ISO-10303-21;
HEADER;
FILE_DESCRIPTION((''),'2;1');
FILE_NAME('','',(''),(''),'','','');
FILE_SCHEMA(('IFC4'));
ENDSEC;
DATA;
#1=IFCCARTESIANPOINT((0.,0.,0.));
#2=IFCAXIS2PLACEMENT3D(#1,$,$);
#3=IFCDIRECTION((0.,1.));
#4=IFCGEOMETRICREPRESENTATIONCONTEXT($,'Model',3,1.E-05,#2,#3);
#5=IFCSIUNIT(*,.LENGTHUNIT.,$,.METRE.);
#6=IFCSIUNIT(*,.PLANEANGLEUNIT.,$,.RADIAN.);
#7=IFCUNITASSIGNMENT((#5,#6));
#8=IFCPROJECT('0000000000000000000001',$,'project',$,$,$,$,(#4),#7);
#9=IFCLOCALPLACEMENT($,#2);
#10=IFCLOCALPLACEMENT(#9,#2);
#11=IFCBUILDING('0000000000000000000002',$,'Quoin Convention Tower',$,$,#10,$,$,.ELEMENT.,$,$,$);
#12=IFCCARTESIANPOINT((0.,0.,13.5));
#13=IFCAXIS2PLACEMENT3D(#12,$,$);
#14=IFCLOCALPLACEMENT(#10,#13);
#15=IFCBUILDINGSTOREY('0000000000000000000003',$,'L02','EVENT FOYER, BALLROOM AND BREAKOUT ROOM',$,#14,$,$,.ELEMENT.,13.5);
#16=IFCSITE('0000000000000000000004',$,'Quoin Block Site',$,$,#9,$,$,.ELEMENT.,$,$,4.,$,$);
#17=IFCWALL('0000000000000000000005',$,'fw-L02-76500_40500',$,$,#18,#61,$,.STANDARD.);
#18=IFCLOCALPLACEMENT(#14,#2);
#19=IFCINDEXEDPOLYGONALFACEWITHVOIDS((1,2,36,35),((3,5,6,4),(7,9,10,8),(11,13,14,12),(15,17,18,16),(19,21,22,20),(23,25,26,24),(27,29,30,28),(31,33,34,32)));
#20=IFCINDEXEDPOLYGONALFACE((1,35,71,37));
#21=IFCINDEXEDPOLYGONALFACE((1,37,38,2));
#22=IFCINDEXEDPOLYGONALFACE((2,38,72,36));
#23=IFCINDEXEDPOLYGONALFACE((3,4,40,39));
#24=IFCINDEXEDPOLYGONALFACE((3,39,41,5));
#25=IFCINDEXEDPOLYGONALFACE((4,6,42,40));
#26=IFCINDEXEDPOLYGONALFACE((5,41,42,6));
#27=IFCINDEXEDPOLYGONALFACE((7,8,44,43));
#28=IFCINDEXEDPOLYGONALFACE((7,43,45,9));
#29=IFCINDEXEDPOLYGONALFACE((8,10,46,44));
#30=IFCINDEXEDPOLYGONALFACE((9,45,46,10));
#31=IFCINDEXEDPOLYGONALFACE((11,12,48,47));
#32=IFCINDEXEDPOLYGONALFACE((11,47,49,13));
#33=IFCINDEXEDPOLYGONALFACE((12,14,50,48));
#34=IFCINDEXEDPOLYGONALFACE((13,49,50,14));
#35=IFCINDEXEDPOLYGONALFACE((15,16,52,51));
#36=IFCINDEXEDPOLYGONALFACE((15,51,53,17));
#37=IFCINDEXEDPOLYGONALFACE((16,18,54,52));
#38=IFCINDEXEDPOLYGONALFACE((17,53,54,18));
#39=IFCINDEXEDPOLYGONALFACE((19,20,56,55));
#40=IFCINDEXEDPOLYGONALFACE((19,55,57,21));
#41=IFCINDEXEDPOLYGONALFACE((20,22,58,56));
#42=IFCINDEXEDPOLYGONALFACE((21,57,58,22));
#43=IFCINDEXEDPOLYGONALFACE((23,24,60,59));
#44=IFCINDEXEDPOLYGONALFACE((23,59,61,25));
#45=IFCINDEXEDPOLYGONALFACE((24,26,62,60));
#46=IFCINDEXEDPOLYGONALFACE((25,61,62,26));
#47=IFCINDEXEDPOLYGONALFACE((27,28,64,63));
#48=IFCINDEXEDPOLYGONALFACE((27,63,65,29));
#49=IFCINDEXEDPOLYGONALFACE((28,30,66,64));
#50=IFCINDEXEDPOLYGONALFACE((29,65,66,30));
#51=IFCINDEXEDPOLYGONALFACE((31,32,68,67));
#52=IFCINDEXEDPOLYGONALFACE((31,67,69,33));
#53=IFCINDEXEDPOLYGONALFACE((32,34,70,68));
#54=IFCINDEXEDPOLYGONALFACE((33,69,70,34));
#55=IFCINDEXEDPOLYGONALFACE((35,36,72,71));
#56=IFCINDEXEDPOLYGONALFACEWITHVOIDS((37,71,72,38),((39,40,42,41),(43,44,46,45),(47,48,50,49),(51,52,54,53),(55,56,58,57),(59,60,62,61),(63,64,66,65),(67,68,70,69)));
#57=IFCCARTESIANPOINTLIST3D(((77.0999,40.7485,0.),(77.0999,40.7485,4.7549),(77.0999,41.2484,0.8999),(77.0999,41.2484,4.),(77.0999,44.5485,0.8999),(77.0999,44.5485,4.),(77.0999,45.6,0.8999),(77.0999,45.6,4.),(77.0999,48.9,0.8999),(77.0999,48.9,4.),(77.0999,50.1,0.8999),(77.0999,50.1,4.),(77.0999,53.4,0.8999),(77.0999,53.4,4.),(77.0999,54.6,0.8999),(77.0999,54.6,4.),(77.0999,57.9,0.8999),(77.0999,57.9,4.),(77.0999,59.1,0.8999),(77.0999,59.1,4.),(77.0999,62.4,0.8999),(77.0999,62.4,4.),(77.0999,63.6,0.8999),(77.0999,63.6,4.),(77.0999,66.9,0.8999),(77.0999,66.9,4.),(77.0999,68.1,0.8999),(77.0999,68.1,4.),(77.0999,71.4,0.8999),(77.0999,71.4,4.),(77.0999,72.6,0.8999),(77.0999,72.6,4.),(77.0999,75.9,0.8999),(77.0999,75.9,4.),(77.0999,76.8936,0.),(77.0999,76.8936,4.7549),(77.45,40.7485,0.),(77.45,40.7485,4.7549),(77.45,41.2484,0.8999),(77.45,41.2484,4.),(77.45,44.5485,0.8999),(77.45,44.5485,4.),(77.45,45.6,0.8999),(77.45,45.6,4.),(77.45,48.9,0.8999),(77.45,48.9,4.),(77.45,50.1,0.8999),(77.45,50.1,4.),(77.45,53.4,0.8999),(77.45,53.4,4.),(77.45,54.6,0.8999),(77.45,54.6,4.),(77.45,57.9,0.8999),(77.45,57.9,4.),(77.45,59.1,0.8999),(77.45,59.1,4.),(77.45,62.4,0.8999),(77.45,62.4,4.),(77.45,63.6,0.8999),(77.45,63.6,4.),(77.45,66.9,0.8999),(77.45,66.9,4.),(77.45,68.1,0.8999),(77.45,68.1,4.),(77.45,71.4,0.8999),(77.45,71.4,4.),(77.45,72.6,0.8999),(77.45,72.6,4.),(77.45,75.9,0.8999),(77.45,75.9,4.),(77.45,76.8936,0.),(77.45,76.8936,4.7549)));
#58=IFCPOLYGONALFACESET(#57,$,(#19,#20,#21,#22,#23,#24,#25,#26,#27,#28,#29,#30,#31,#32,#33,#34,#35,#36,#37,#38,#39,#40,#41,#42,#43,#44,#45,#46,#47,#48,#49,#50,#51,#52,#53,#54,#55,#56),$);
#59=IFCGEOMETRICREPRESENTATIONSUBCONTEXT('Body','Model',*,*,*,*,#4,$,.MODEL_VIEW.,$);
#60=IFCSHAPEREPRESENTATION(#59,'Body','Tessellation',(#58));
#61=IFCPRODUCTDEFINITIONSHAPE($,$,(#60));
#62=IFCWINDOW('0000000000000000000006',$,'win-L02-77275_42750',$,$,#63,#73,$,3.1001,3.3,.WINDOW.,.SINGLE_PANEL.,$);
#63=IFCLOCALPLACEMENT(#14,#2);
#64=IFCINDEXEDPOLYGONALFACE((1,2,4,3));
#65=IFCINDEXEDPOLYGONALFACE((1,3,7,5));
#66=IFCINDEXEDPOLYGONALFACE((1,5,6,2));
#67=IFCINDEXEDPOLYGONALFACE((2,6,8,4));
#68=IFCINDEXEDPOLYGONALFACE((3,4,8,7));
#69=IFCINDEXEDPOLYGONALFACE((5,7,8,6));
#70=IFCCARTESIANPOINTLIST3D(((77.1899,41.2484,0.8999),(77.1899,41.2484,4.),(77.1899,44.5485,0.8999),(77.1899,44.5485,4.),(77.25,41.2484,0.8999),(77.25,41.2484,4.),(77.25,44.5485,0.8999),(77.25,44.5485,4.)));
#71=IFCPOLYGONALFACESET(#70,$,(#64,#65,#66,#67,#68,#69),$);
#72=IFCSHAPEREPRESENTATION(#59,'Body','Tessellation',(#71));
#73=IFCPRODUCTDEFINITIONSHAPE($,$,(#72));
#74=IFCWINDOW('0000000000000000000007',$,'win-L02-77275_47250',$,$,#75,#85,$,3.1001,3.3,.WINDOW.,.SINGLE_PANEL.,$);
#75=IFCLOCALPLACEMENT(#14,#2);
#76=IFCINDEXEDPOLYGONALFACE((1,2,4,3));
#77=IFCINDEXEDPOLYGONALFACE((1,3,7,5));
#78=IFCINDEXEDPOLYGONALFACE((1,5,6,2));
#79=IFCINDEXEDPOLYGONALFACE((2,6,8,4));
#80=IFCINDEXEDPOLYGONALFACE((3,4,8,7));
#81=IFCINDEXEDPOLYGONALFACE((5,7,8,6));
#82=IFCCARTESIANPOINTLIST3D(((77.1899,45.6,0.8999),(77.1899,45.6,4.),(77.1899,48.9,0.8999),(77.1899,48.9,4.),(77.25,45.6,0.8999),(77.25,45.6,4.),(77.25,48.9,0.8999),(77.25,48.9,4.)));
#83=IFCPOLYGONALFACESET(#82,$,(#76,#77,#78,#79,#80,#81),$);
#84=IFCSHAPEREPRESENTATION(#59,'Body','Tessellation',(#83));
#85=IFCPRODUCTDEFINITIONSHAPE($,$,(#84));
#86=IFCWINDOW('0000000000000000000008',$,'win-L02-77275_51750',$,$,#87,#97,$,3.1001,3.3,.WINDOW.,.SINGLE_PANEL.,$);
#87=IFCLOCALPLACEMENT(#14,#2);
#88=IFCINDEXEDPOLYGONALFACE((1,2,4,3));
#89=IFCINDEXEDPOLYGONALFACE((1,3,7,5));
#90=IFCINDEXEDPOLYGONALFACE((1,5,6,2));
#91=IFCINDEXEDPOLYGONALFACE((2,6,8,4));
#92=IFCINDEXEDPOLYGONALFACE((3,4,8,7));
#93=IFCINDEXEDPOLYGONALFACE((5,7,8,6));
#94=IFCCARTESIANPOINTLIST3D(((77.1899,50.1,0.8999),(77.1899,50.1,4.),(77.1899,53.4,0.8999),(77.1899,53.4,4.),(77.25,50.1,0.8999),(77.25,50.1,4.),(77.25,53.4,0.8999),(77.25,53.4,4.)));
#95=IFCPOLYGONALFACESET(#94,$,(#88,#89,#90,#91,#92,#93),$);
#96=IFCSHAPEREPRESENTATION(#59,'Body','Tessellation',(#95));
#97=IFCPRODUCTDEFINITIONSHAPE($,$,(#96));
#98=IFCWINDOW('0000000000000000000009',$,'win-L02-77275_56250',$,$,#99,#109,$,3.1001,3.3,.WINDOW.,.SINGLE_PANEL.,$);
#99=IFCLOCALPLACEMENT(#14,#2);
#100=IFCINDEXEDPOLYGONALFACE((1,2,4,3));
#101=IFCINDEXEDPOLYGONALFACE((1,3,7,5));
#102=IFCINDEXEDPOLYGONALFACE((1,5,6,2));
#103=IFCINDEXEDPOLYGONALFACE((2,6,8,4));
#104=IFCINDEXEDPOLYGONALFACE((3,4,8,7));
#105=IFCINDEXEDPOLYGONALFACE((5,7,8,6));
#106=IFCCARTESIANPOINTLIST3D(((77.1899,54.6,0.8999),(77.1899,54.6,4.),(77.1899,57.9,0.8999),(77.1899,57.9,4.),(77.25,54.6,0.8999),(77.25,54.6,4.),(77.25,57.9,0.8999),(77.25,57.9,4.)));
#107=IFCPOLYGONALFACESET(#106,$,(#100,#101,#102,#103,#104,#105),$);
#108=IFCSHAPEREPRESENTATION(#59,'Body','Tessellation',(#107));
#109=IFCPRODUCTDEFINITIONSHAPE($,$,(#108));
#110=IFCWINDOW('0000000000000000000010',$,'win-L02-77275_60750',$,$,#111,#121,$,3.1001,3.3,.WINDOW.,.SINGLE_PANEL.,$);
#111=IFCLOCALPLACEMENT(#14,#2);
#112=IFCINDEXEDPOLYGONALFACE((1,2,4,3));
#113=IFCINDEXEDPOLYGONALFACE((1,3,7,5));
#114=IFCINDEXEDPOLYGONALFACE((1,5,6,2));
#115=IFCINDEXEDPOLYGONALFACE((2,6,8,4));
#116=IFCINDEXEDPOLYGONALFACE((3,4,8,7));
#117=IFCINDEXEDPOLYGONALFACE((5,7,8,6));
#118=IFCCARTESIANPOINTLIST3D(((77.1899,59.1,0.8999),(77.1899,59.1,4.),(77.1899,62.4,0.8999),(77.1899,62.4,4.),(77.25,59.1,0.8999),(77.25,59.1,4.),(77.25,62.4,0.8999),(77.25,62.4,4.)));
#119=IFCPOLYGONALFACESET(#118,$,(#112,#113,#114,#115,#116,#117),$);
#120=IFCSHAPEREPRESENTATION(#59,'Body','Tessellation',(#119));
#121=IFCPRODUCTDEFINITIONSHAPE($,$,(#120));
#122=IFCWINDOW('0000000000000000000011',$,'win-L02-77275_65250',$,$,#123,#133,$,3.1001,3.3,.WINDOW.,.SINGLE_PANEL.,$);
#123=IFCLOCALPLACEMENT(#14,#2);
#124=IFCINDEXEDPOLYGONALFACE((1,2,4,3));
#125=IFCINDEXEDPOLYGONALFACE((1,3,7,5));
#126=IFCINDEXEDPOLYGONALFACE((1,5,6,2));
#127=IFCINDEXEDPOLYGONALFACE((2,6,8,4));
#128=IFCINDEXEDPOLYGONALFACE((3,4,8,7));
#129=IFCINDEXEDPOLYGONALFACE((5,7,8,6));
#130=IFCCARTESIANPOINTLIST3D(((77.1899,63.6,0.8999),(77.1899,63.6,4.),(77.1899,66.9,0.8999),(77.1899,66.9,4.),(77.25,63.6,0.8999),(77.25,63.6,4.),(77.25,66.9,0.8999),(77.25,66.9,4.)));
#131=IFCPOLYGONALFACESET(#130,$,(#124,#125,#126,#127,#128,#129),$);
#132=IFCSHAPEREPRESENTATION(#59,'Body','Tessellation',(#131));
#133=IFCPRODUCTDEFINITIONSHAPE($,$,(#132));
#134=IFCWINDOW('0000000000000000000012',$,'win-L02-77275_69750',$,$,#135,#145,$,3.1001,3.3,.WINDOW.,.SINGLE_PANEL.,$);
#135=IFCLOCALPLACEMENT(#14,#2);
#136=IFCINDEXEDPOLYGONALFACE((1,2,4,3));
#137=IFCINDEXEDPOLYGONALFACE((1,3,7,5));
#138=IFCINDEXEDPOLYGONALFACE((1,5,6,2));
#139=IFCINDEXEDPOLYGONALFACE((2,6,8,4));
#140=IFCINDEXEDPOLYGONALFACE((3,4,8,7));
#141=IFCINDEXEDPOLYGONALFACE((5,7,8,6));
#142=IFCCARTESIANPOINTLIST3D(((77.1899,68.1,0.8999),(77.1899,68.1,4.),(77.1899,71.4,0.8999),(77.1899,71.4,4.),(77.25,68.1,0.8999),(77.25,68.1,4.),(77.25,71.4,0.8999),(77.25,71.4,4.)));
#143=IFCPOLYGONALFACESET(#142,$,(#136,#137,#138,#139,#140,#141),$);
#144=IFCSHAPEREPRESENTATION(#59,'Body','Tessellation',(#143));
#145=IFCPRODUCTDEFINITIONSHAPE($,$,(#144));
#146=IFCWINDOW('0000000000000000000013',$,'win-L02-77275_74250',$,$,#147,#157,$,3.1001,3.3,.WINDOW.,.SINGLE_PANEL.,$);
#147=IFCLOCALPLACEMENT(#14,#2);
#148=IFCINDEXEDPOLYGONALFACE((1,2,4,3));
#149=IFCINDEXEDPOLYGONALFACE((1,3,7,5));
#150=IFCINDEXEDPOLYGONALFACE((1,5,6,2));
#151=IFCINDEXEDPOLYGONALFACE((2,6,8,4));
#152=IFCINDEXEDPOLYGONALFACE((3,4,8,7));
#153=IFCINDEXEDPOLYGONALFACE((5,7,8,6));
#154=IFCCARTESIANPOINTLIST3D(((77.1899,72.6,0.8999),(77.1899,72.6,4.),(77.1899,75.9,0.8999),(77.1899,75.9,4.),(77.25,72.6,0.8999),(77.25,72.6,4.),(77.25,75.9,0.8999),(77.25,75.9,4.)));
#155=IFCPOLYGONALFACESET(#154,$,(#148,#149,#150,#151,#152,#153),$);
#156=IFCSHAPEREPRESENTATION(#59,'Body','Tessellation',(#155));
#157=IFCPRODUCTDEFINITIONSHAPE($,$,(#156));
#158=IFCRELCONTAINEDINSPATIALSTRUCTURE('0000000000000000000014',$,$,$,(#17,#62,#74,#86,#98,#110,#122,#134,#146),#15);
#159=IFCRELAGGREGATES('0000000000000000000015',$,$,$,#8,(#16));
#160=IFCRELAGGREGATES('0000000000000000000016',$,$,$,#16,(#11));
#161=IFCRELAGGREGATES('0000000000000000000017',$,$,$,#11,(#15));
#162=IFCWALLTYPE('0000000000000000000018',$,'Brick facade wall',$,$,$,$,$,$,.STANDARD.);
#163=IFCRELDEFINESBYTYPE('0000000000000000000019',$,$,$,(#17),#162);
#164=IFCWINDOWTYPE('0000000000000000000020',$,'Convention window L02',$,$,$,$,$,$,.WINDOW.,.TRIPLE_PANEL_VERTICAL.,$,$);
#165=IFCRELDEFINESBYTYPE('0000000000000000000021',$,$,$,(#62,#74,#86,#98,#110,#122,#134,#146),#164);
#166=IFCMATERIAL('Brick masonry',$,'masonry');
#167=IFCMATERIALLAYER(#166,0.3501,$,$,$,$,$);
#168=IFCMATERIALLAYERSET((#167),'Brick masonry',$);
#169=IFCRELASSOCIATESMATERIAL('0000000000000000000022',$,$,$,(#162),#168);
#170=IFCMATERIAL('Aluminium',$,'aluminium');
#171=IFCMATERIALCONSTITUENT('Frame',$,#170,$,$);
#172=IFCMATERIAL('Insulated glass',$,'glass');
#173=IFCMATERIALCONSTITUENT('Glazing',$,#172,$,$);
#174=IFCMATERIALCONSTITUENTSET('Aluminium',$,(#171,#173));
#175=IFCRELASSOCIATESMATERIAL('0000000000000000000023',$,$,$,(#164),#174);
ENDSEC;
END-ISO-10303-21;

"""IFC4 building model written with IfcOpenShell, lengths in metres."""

from ifc_helpers import new_model, si_unit, direction, frame, frame_2d, origin, place, context, subcontext, project, spatial, rectangle, extrude, material, layer, layer_set, constituent, constituent_set, type_object, element, fill, save


model = new_model("IFC4")

# Units and contexts
model_context = context("Model", 3, precision=1e-05, world=origin(), true_north=direction((0.0, 1.0)))
body_context = subcontext(model_context, "Body", "Model", "MODEL_VIEW")
ifc_project = project(units=[si_unit("LENGTHUNIT", "METRE"), si_unit("PLANEANGLEUNIT", "RADIAN")], contexts=[model_context])

# Site, building, storey
site_placement = place(None, origin())
site = spatial("IfcSite", under=ifc_project, at=site_placement, Name="Quoin Block Site", CompositionType="ELEMENT", RefElevation=4.0)
building_placement = place(site_placement, origin())
building = spatial("IfcBuilding", under=site, at=building_placement, Name="Quoin Convention Tower", CompositionType="ELEMENT")
storey_placement = place(building_placement, frame((0.0, 0.0, 13.5)))
storey = spatial("IfcBuildingStorey", under=building, at=storey_placement, Name="L02", Description="EVENT FOYER, BALLROOM AND BREAKOUT ROOM", CompositionType="ELEMENT", Elevation=13.5)

# Shared definitions
ifc_material_1 = material(Name="Brick masonry", Category="masonry")
ifc_layer_1 = layer(ifc_material_1, 0.3501)
ifc_layer_set_1 = layer_set([ifc_layer_1], Name="Brick masonry")
wall_type_1 = type_object("IfcWallType", Name="Brick facade wall", PredefinedType="STANDARD", material=ifc_layer_set_1)
ifc_material_2 = material(Name="Aluminium", Category="aluminium")
ifc_constituent_1 = constituent(ifc_material_2, Name="Frame")
ifc_material_3 = material(Name="Insulated glass", Category="glass")
ifc_constituent_2 = constituent(ifc_material_3, Name="Glazing")
ifc_constituent_set = constituent_set(constituents=[ifc_constituent_1, ifc_constituent_2], Name="Aluminium")
window_type = type_object("IfcWindowType", Name="Convention window L02", PartitioningType="TRIPLE_PANEL_VERTICAL", PredefinedType="WINDOW", material=ifc_constituent_set)

# Wall, openings, windows
wall_1_placement = place(storey_placement, frame((77.2749, 40.7485, 0.0), z_axis=(0.0, 0.0, 1.0), x_axis=(0.0, 1.0, 0.0)))
wall_1 = element("IfcWall", 1, at=wall_1_placement, inside=storey, type_object=wall_type_1, Name="fw-L02-76500_40500", PredefinedType="STANDARD", context=body_context, shape_type="SweptSolid", body=[
    extrude(rectangle(XDim=36.145, YDim=0.3501, at=frame_2d((18.0725, 0.0))), origin(), (0.0, 0.0, 1.0), 4.7549),
])
opening_1_placement = place(wall_1_placement, frame((0.5, 0.0, 0.8999)))
opening_1 = element("IfcOpeningElement", 2, at=opening_1_placement, cuts=wall_1, PredefinedType="OPENING", context=body_context, shape_type="SweptSolid", body=[
    extrude(rectangle(XDim=3.3, YDim=3.1001, at=frame_2d((1.6499, 1.55))), frame((0.0, 0.1851, 0.0), z_axis=(0.0, -1.0, 0.0), x_axis=(1.0, 0.0, 0.0)), (0.0, 0.0, 1.0), 0.3701),
])
opening_2_placement = place(wall_1_placement, frame((4.8516, 0.0, 0.8999)))
opening_2 = element("IfcOpeningElement", 3, at=opening_2_placement, cuts=wall_1, PredefinedType="OPENING", context=body_context, shape_type="SweptSolid", body=[
    extrude(rectangle(XDim=3.3, YDim=3.1001, at=frame_2d((1.6499, 1.55))), frame((0.0, 0.1851, 0.0), z_axis=(0.0, -1.0, 0.0), x_axis=(1.0, 0.0, 0.0)), (0.0, 0.0, 1.0), 0.3701),
])
opening_3_placement = place(wall_1_placement, frame((9.3516, 0.0, 0.8999)))
opening_3 = element("IfcOpeningElement", 4, at=opening_3_placement, cuts=wall_1, PredefinedType="OPENING", context=body_context, shape_type="SweptSolid", body=[
    extrude(rectangle(XDim=3.3, YDim=3.1001, at=frame_2d((1.6499, 1.55))), frame((0.0, 0.1851, 0.0), z_axis=(0.0, -1.0, 0.0), x_axis=(1.0, 0.0, 0.0)), (0.0, 0.0, 1.0), 0.3701),
])
opening_4_placement = place(wall_1_placement, frame((13.8516, 0.0, 0.8999)))
opening_4 = element("IfcOpeningElement", 5, at=opening_4_placement, cuts=wall_1, PredefinedType="OPENING", context=body_context, shape_type="SweptSolid", body=[
    extrude(rectangle(XDim=3.3, YDim=3.1001, at=frame_2d((1.6499, 1.55))), frame((0.0, 0.1851, 0.0), z_axis=(0.0, -1.0, 0.0), x_axis=(1.0, 0.0, 0.0)), (0.0, 0.0, 1.0), 0.3701),
])
opening_5_placement = place(wall_1_placement, frame((18.3516, 0.0, 0.8999)))
opening_5 = element("IfcOpeningElement", 6, at=opening_5_placement, cuts=wall_1, PredefinedType="OPENING", context=body_context, shape_type="SweptSolid", body=[
    extrude(rectangle(XDim=3.3, YDim=3.1001, at=frame_2d((1.6499, 1.55))), frame((0.0, 0.1851, 0.0), z_axis=(0.0, -1.0, 0.0), x_axis=(1.0, 0.0, 0.0)), (0.0, 0.0, 1.0), 0.3701),
])
opening_6_placement = place(wall_1_placement, frame((22.8516, 0.0, 0.8999)))
opening_6 = element("IfcOpeningElement", 7, at=opening_6_placement, cuts=wall_1, PredefinedType="OPENING", context=body_context, shape_type="SweptSolid", body=[
    extrude(rectangle(XDim=3.3, YDim=3.1001, at=frame_2d((1.6499, 1.55))), frame((0.0, 0.1851, 0.0), z_axis=(0.0, -1.0, 0.0), x_axis=(1.0, 0.0, 0.0)), (0.0, 0.0, 1.0), 0.3701),
])
opening_7_placement = place(wall_1_placement, frame((27.3516, 0.0, 0.8999)))
opening_7 = element("IfcOpeningElement", 8, at=opening_7_placement, cuts=wall_1, PredefinedType="OPENING", context=body_context, shape_type="SweptSolid", body=[
    extrude(rectangle(XDim=3.3, YDim=3.1001, at=frame_2d((1.6499, 1.55))), frame((0.0, 0.1851, 0.0), z_axis=(0.0, -1.0, 0.0), x_axis=(1.0, 0.0, 0.0)), (0.0, 0.0, 1.0), 0.3701),
])
opening_8_placement = place(wall_1_placement, frame((31.8516, 0.0, 0.8999)))
opening_8 = element("IfcOpeningElement", 9, at=opening_8_placement, cuts=wall_1, PredefinedType="OPENING", context=body_context, shape_type="SweptSolid", body=[
    extrude(rectangle(XDim=3.3, YDim=3.1001, at=frame_2d((1.6499, 1.55))), frame((0.0, 0.1851, 0.0), z_axis=(0.0, -1.0, 0.0), x_axis=(1.0, 0.0, 0.0)), (0.0, 0.0, 1.0), 0.3701),
])
window_1_placement = place(opening_1_placement, origin())
window_1 = element("IfcWindow", 10, at=window_1_placement, inside=storey, type_object=window_type, Name="win-L02-77275_42750", OverallHeight=3.1001, OverallWidth=3.3, PartitioningType="SINGLE_PANEL", PredefinedType="WINDOW", context=body_context, shape_type="SweptSolid", body=[
    extrude(rectangle(XDim=3.3, YDim=3.1001, at=frame_2d((1.6499, 1.55))), frame((0.0, 0.085, 0.0), z_axis=(0.0, -1.0, 0.0), x_axis=(1.0, 0.0, 0.0)), (0.0, 0.0, 1.0), 0.0601),
])
fill(opening_1, window_1)
window_2_placement = place(opening_2_placement, origin())
window_2 = element("IfcWindow", 11, at=window_2_placement, inside=storey, type_object=window_type, Name="win-L02-77275_47250", OverallHeight=3.1001, OverallWidth=3.3, PartitioningType="SINGLE_PANEL", PredefinedType="WINDOW", context=body_context, shape_type="SweptSolid", body=[
    extrude(rectangle(XDim=3.3, YDim=3.1001, at=frame_2d((1.6499, 1.55))), frame((0.0, 0.085, 0.0), z_axis=(0.0, -1.0, 0.0), x_axis=(1.0, 0.0, 0.0)), (0.0, 0.0, 1.0), 0.0601),
])
fill(opening_2, window_2)
window_3_placement = place(opening_3_placement, origin())
window_3 = element("IfcWindow", 12, at=window_3_placement, inside=storey, type_object=window_type, Name="win-L02-77275_51750", OverallHeight=3.1001, OverallWidth=3.3, PartitioningType="SINGLE_PANEL", PredefinedType="WINDOW", context=body_context, shape_type="SweptSolid", body=[
    extrude(rectangle(XDim=3.3, YDim=3.1001, at=frame_2d((1.6499, 1.55))), frame((0.0, 0.085, 0.0), z_axis=(0.0, -1.0, 0.0), x_axis=(1.0, 0.0, 0.0)), (0.0, 0.0, 1.0), 0.0601),
])
fill(opening_3, window_3)
window_4_placement = place(opening_4_placement, origin())
window_4 = element("IfcWindow", 13, at=window_4_placement, inside=storey, type_object=window_type, Name="win-L02-77275_56250", OverallHeight=3.1001, OverallWidth=3.3, PartitioningType="SINGLE_PANEL", PredefinedType="WINDOW", context=body_context, shape_type="SweptSolid", body=[
    extrude(rectangle(XDim=3.3, YDim=3.1001, at=frame_2d((1.6499, 1.55))), frame((0.0, 0.085, 0.0), z_axis=(0.0, -1.0, 0.0), x_axis=(1.0, 0.0, 0.0)), (0.0, 0.0, 1.0), 0.0601),
])
fill(opening_4, window_4)
window_5_placement = place(opening_5_placement, origin())
window_5 = element("IfcWindow", 14, at=window_5_placement, inside=storey, type_object=window_type, Name="win-L02-77275_60750", OverallHeight=3.1001, OverallWidth=3.3, PartitioningType="SINGLE_PANEL", PredefinedType="WINDOW", context=body_context, shape_type="SweptSolid", body=[
    extrude(rectangle(XDim=3.3, YDim=3.1001, at=frame_2d((1.6499, 1.55))), frame((0.0, 0.085, 0.0), z_axis=(0.0, -1.0, 0.0), x_axis=(1.0, 0.0, 0.0)), (0.0, 0.0, 1.0), 0.0601),
])
fill(opening_5, window_5)
window_6_placement = place(opening_6_placement, origin())
window_6 = element("IfcWindow", 15, at=window_6_placement, inside=storey, type_object=window_type, Name="win-L02-77275_65250", OverallHeight=3.1001, OverallWidth=3.3, PartitioningType="SINGLE_PANEL", PredefinedType="WINDOW", context=body_context, shape_type="SweptSolid", body=[
    extrude(rectangle(XDim=3.3, YDim=3.1001, at=frame_2d((1.6499, 1.55))), frame((0.0, 0.085, 0.0), z_axis=(0.0, -1.0, 0.0), x_axis=(1.0, 0.0, 0.0)), (0.0, 0.0, 1.0), 0.0601),
])
fill(opening_6, window_6)
window_7_placement = place(opening_7_placement, origin())
window_7 = element("IfcWindow", 16, at=window_7_placement, inside=storey, type_object=window_type, Name="win-L02-77275_69750", OverallHeight=3.1001, OverallWidth=3.3, PartitioningType="SINGLE_PANEL", PredefinedType="WINDOW", context=body_context, shape_type="SweptSolid", body=[
    extrude(rectangle(XDim=3.3, YDim=3.1001, at=frame_2d((1.6499, 1.55))), frame((0.0, 0.085, 0.0), z_axis=(0.0, -1.0, 0.0), x_axis=(1.0, 0.0, 0.0)), (0.0, 0.0, 1.0), 0.0601),
])
fill(opening_7, window_7)
window_8_placement = place(opening_8_placement, origin())
window_8 = element("IfcWindow", 17, at=window_8_placement, inside=storey, type_object=window_type, Name="win-L02-77275_74250", OverallHeight=3.1001, OverallWidth=3.3, PartitioningType="SINGLE_PANEL", PredefinedType="WINDOW", context=body_context, shape_type="SweptSolid", body=[
    extrude(rectangle(XDim=3.3, YDim=3.1001, at=frame_2d((1.6499, 1.55))), frame((0.0, 0.085, 0.0), z_axis=(0.0, -1.0, 0.0), x_axis=(1.0, 0.0, 0.0)), (0.0, 0.0, 1.0), 0.0601),
])
fill(opening_8, window_8)

save(model, "model.ifc")
